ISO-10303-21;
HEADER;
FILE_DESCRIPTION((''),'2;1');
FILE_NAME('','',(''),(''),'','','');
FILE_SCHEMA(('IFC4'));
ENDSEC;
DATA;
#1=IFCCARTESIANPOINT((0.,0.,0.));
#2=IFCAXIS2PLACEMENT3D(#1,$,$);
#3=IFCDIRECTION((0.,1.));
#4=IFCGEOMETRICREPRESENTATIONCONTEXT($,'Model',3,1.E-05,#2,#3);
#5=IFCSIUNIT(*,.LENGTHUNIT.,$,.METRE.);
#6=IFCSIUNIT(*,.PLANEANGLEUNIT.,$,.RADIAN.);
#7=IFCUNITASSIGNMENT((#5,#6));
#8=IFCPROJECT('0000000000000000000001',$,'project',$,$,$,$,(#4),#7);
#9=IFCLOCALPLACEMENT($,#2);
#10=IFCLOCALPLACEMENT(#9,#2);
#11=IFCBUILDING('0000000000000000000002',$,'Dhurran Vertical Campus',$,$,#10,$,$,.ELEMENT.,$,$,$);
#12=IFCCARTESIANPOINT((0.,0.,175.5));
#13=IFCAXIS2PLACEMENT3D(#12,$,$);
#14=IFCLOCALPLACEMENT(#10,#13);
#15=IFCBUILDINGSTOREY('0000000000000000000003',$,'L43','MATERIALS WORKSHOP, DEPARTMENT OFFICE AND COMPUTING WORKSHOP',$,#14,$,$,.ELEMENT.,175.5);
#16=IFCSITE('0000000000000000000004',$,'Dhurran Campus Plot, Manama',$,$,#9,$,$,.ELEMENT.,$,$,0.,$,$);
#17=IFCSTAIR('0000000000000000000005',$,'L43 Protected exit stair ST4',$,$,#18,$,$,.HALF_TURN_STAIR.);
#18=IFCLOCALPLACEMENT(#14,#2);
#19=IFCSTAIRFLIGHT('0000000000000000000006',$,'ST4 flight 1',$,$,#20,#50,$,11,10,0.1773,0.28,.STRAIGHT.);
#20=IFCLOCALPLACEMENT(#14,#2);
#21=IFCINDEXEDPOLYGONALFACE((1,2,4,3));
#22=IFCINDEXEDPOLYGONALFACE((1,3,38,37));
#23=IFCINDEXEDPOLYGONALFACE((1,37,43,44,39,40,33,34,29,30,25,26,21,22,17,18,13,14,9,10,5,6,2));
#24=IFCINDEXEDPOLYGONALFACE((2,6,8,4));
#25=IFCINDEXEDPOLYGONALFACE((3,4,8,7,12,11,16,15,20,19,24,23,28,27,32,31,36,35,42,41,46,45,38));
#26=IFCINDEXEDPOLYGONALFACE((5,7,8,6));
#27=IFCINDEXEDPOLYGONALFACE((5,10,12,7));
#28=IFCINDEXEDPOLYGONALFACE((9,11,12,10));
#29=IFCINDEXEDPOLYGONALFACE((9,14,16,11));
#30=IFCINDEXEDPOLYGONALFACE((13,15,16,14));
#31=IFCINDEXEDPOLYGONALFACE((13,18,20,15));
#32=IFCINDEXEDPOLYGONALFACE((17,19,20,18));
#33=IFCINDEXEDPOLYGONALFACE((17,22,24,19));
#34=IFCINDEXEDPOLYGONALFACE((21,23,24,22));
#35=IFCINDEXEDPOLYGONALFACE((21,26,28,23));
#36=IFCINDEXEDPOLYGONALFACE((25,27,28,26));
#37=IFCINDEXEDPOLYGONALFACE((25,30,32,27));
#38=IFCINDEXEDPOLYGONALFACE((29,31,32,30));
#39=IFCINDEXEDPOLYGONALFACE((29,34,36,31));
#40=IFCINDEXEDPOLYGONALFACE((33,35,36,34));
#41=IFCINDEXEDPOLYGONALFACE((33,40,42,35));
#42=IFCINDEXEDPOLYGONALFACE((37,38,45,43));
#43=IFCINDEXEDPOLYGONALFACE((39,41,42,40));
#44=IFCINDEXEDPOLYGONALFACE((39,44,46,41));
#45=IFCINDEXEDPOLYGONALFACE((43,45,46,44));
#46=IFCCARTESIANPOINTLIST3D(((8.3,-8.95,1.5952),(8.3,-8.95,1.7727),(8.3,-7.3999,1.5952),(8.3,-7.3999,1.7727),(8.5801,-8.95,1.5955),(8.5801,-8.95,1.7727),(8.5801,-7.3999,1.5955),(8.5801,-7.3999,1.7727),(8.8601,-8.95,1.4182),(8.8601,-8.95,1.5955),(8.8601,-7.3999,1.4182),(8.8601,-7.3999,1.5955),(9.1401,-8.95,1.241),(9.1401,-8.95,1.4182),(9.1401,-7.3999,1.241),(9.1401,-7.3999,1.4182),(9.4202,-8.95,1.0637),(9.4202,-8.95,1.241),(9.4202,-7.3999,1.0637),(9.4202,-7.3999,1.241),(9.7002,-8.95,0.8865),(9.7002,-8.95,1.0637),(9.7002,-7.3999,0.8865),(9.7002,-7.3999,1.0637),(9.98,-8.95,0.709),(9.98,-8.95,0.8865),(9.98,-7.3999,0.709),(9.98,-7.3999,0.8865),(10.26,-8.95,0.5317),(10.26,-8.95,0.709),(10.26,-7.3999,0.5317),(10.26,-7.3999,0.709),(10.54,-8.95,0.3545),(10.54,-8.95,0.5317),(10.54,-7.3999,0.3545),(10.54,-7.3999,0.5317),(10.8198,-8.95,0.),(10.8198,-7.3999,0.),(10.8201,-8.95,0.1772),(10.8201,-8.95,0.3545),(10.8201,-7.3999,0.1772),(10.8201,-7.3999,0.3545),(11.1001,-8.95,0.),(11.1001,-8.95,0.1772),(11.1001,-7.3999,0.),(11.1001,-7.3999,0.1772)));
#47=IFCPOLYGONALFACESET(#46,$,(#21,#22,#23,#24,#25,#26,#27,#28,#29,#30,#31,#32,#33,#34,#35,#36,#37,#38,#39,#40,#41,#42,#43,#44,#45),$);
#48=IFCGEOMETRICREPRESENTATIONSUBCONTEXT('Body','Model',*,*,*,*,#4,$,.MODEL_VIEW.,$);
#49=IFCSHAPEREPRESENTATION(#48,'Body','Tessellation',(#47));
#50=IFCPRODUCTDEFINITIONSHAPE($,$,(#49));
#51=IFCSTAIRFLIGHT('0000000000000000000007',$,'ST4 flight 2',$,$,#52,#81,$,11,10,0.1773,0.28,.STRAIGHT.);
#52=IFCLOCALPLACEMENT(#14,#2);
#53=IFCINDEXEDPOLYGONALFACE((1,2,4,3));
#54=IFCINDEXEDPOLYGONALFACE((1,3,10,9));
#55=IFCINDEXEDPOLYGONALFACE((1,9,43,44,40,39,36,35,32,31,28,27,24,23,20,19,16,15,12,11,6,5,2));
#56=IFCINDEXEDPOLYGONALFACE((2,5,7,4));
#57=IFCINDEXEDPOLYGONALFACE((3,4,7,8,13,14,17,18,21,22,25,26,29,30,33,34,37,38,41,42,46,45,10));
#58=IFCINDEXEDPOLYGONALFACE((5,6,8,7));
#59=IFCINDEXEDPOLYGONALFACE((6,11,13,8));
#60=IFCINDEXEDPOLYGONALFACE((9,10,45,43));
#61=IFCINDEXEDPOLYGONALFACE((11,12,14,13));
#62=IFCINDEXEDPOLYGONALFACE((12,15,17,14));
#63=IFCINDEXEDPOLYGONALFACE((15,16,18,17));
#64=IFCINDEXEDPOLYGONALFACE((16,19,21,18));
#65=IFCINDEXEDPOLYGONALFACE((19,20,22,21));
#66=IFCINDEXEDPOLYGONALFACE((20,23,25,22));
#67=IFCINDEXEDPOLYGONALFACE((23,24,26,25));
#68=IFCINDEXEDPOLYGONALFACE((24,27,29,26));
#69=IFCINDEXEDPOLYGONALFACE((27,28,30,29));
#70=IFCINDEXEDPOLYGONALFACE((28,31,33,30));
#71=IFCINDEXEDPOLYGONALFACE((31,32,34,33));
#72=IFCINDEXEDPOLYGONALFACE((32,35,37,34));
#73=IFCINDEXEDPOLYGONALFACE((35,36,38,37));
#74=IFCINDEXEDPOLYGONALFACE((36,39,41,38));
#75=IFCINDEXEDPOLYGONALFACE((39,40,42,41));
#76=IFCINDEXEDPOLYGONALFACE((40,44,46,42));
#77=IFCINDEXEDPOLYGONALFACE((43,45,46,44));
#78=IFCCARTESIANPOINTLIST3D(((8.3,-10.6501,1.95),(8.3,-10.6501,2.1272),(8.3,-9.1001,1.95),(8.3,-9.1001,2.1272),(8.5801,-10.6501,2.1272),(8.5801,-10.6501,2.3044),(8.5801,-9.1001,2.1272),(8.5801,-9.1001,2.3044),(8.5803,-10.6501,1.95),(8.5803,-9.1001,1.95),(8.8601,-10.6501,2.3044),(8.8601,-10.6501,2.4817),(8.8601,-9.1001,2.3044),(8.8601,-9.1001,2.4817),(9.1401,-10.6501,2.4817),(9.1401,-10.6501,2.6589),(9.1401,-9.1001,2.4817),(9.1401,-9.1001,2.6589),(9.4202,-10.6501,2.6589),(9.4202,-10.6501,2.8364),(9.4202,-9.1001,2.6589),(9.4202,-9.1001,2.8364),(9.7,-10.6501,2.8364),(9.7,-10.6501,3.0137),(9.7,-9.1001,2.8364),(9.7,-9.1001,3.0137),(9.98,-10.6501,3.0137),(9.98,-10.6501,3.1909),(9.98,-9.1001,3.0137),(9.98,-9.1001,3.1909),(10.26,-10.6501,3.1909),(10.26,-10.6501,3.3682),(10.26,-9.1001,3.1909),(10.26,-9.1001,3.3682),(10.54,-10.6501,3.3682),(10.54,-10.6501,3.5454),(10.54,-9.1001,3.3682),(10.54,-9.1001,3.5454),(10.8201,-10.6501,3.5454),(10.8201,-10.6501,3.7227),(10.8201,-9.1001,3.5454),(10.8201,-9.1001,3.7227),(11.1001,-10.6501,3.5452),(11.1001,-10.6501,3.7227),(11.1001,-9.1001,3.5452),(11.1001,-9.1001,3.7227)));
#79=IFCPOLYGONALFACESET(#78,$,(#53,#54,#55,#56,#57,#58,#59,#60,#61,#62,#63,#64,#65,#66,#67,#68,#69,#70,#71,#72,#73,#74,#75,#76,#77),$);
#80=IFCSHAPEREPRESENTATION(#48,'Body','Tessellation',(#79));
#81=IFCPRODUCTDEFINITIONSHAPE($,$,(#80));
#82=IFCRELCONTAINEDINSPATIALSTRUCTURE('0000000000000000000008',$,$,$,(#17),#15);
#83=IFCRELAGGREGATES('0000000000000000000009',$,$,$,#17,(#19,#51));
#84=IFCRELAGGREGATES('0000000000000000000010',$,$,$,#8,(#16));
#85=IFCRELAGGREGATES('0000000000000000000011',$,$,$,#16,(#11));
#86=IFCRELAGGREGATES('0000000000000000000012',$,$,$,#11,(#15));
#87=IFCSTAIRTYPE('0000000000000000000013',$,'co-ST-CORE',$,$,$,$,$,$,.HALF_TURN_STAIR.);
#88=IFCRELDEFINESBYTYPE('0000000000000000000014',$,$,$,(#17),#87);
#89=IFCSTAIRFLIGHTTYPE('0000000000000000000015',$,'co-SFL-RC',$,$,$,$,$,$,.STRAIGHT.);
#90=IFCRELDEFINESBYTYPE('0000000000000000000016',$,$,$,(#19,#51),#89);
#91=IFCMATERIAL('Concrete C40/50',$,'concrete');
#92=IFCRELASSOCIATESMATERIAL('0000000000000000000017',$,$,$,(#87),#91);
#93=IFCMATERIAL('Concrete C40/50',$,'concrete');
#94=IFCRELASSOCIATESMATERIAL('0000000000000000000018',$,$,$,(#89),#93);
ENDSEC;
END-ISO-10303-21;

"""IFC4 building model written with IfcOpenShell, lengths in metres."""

from ifc_helpers import new_model, si_unit, direction, frame, origin, place, context, subcontext, project, spatial, polyline, outline, extrude, material, type_object, element, aggregate, save


model = new_model("IFC4")

# Units and contexts
model_context = context("Model", 3, precision=1e-05, world=origin(), true_north=direction((0.0, 1.0)))
body_context = subcontext(model_context, "Body", "Model", "MODEL_VIEW")
ifc_project = project(units=[si_unit("LENGTHUNIT", "METRE"), si_unit("PLANEANGLEUNIT", "RADIAN")], contexts=[model_context])

# Site, building, storey
site_placement = place(None, origin())
site = spatial("IfcSite", under=ifc_project, at=site_placement, Name="Dhurran Campus Plot, Manama", CompositionType="ELEMENT", RefElevation=0.0)
building_placement = place(site_placement, origin())
building = spatial("IfcBuilding", under=site, at=building_placement, Name="Dhurran Vertical Campus", CompositionType="ELEMENT")
storey_placement = place(building_placement, frame((0.0, 0.0, 175.5)))
storey = spatial("IfcBuildingStorey", under=building, at=storey_placement, Name="L43", Description="MATERIALS WORKSHOP, DEPARTMENT OFFICE AND COMPUTING WORKSHOP", CompositionType="ELEMENT", Elevation=175.5)

# Shared definitions
ifc_material_1 = material(Name="Concrete C40/50", Category="concrete")
stair_type = type_object("IfcStairType", Name="co-ST-CORE", PredefinedType="HALF_TURN_STAIR", material=ifc_material_1)

# Stair, stair flights
stair_1_placement = place(storey_placement, origin())
stair_1 = element("IfcStair", 1, at=stair_1_placement, inside=storey, type_object=stair_type, Name="L43 Protected exit stair ST4", PredefinedType="HALF_TURN_STAIR")
ifc_material_2 = material(Name="Concrete C40/50", Category="concrete")
stair_flight_type = type_object("IfcStairFlightType", Name="co-SFL-RC", PredefinedType="STRAIGHT", material=ifc_material_2)
stair_flight_1_placement = place(storey_placement, frame((11.1001, -8.175, 0.0), z_axis=(0.0, 0.0, 1.0), x_axis=(-1.0, 0.0, 0.0)))
stair_flight_1 = element("IfcStairFlight", 2, at=stair_flight_1_placement, type_object=stair_flight_type, Name="ST4 flight 1", NumberOfRisers=11, NumberOfTreads=10, PredefinedType="STRAIGHT", RiserHeight=0.1773, TreadLength=0.28, context=body_context, shape_type="SweptSolid", body=[
    extrude(outline(polyline([(0.0, 0.0), (0.0, 0.1772), (0.28, 0.1772), (0.28, 0.3545), (0.5601, 0.3545), (0.5601, 0.5317), (0.8401, 0.5317), (0.8401, 0.709), (1.1201, 0.709), (1.1201, 0.8865), (1.3999, 0.8865), (1.3999, 1.0637), (1.6799, 1.0637), (1.6799, 1.241), (1.96, 1.241), (1.96, 1.4182), (2.24, 1.4182), (2.24, 1.5955), (2.52, 1.5955), (2.52, 1.7727), (2.8, 1.7727), (2.8, 1.95), (2.8, 1.5952), (0.2803, 0.0), (0.0, 0.0)])), frame((0.0, 0.7749, 0.0), z_axis=(0.0, -1.0, 0.0), x_axis=(1.0, 0.0, 0.0)), (0.0, 0.0, 1.0), 1.55),
])
stair_flight_2_placement = place(storey_placement, frame((8.3, -9.875, 1.95), z_axis=(0.0, 0.0, 1.0), x_axis=(1.0, 0.0, 0.0)))
stair_flight_2 = element("IfcStairFlight", 3, at=stair_flight_2_placement, type_object=stair_flight_type, Name="ST4 flight 2", NumberOfRisers=11, NumberOfTreads=10, PredefinedType="STRAIGHT", RiserHeight=0.1773, TreadLength=0.28, context=body_context, shape_type="SweptSolid", body=[
    extrude(outline(polyline([(0.0, 0.0), (0.0, 0.1772), (0.28, 0.1772), (0.28, 0.3545), (0.5601, 0.3545), (0.5601, 0.5317), (0.8401, 0.5317), (0.8401, 0.709), (1.1201, 0.709), (1.1201, 0.8865), (1.3999, 0.8865), (1.3999, 1.0637), (1.6799, 1.0637), (1.6799, 1.241), (1.96, 1.241), (1.96, 1.4182), (2.24, 1.4182), (2.24, 1.5955), (2.52, 1.5955), (2.52, 1.7727), (2.8, 1.7727), (2.8, 1.95), (2.8, 1.5952), (0.2803, 0.0), (0.0, 0.0)])), frame((0.0, 0.7749, 0.0), z_axis=(0.0, -1.0, 0.0), x_axis=(1.0, 0.0, 0.0)), (0.0, 0.0, 1.0), 1.55),
])
aggregate(stair_1, [stair_flight_1, stair_flight_2])

save(model, "model.ifc")
